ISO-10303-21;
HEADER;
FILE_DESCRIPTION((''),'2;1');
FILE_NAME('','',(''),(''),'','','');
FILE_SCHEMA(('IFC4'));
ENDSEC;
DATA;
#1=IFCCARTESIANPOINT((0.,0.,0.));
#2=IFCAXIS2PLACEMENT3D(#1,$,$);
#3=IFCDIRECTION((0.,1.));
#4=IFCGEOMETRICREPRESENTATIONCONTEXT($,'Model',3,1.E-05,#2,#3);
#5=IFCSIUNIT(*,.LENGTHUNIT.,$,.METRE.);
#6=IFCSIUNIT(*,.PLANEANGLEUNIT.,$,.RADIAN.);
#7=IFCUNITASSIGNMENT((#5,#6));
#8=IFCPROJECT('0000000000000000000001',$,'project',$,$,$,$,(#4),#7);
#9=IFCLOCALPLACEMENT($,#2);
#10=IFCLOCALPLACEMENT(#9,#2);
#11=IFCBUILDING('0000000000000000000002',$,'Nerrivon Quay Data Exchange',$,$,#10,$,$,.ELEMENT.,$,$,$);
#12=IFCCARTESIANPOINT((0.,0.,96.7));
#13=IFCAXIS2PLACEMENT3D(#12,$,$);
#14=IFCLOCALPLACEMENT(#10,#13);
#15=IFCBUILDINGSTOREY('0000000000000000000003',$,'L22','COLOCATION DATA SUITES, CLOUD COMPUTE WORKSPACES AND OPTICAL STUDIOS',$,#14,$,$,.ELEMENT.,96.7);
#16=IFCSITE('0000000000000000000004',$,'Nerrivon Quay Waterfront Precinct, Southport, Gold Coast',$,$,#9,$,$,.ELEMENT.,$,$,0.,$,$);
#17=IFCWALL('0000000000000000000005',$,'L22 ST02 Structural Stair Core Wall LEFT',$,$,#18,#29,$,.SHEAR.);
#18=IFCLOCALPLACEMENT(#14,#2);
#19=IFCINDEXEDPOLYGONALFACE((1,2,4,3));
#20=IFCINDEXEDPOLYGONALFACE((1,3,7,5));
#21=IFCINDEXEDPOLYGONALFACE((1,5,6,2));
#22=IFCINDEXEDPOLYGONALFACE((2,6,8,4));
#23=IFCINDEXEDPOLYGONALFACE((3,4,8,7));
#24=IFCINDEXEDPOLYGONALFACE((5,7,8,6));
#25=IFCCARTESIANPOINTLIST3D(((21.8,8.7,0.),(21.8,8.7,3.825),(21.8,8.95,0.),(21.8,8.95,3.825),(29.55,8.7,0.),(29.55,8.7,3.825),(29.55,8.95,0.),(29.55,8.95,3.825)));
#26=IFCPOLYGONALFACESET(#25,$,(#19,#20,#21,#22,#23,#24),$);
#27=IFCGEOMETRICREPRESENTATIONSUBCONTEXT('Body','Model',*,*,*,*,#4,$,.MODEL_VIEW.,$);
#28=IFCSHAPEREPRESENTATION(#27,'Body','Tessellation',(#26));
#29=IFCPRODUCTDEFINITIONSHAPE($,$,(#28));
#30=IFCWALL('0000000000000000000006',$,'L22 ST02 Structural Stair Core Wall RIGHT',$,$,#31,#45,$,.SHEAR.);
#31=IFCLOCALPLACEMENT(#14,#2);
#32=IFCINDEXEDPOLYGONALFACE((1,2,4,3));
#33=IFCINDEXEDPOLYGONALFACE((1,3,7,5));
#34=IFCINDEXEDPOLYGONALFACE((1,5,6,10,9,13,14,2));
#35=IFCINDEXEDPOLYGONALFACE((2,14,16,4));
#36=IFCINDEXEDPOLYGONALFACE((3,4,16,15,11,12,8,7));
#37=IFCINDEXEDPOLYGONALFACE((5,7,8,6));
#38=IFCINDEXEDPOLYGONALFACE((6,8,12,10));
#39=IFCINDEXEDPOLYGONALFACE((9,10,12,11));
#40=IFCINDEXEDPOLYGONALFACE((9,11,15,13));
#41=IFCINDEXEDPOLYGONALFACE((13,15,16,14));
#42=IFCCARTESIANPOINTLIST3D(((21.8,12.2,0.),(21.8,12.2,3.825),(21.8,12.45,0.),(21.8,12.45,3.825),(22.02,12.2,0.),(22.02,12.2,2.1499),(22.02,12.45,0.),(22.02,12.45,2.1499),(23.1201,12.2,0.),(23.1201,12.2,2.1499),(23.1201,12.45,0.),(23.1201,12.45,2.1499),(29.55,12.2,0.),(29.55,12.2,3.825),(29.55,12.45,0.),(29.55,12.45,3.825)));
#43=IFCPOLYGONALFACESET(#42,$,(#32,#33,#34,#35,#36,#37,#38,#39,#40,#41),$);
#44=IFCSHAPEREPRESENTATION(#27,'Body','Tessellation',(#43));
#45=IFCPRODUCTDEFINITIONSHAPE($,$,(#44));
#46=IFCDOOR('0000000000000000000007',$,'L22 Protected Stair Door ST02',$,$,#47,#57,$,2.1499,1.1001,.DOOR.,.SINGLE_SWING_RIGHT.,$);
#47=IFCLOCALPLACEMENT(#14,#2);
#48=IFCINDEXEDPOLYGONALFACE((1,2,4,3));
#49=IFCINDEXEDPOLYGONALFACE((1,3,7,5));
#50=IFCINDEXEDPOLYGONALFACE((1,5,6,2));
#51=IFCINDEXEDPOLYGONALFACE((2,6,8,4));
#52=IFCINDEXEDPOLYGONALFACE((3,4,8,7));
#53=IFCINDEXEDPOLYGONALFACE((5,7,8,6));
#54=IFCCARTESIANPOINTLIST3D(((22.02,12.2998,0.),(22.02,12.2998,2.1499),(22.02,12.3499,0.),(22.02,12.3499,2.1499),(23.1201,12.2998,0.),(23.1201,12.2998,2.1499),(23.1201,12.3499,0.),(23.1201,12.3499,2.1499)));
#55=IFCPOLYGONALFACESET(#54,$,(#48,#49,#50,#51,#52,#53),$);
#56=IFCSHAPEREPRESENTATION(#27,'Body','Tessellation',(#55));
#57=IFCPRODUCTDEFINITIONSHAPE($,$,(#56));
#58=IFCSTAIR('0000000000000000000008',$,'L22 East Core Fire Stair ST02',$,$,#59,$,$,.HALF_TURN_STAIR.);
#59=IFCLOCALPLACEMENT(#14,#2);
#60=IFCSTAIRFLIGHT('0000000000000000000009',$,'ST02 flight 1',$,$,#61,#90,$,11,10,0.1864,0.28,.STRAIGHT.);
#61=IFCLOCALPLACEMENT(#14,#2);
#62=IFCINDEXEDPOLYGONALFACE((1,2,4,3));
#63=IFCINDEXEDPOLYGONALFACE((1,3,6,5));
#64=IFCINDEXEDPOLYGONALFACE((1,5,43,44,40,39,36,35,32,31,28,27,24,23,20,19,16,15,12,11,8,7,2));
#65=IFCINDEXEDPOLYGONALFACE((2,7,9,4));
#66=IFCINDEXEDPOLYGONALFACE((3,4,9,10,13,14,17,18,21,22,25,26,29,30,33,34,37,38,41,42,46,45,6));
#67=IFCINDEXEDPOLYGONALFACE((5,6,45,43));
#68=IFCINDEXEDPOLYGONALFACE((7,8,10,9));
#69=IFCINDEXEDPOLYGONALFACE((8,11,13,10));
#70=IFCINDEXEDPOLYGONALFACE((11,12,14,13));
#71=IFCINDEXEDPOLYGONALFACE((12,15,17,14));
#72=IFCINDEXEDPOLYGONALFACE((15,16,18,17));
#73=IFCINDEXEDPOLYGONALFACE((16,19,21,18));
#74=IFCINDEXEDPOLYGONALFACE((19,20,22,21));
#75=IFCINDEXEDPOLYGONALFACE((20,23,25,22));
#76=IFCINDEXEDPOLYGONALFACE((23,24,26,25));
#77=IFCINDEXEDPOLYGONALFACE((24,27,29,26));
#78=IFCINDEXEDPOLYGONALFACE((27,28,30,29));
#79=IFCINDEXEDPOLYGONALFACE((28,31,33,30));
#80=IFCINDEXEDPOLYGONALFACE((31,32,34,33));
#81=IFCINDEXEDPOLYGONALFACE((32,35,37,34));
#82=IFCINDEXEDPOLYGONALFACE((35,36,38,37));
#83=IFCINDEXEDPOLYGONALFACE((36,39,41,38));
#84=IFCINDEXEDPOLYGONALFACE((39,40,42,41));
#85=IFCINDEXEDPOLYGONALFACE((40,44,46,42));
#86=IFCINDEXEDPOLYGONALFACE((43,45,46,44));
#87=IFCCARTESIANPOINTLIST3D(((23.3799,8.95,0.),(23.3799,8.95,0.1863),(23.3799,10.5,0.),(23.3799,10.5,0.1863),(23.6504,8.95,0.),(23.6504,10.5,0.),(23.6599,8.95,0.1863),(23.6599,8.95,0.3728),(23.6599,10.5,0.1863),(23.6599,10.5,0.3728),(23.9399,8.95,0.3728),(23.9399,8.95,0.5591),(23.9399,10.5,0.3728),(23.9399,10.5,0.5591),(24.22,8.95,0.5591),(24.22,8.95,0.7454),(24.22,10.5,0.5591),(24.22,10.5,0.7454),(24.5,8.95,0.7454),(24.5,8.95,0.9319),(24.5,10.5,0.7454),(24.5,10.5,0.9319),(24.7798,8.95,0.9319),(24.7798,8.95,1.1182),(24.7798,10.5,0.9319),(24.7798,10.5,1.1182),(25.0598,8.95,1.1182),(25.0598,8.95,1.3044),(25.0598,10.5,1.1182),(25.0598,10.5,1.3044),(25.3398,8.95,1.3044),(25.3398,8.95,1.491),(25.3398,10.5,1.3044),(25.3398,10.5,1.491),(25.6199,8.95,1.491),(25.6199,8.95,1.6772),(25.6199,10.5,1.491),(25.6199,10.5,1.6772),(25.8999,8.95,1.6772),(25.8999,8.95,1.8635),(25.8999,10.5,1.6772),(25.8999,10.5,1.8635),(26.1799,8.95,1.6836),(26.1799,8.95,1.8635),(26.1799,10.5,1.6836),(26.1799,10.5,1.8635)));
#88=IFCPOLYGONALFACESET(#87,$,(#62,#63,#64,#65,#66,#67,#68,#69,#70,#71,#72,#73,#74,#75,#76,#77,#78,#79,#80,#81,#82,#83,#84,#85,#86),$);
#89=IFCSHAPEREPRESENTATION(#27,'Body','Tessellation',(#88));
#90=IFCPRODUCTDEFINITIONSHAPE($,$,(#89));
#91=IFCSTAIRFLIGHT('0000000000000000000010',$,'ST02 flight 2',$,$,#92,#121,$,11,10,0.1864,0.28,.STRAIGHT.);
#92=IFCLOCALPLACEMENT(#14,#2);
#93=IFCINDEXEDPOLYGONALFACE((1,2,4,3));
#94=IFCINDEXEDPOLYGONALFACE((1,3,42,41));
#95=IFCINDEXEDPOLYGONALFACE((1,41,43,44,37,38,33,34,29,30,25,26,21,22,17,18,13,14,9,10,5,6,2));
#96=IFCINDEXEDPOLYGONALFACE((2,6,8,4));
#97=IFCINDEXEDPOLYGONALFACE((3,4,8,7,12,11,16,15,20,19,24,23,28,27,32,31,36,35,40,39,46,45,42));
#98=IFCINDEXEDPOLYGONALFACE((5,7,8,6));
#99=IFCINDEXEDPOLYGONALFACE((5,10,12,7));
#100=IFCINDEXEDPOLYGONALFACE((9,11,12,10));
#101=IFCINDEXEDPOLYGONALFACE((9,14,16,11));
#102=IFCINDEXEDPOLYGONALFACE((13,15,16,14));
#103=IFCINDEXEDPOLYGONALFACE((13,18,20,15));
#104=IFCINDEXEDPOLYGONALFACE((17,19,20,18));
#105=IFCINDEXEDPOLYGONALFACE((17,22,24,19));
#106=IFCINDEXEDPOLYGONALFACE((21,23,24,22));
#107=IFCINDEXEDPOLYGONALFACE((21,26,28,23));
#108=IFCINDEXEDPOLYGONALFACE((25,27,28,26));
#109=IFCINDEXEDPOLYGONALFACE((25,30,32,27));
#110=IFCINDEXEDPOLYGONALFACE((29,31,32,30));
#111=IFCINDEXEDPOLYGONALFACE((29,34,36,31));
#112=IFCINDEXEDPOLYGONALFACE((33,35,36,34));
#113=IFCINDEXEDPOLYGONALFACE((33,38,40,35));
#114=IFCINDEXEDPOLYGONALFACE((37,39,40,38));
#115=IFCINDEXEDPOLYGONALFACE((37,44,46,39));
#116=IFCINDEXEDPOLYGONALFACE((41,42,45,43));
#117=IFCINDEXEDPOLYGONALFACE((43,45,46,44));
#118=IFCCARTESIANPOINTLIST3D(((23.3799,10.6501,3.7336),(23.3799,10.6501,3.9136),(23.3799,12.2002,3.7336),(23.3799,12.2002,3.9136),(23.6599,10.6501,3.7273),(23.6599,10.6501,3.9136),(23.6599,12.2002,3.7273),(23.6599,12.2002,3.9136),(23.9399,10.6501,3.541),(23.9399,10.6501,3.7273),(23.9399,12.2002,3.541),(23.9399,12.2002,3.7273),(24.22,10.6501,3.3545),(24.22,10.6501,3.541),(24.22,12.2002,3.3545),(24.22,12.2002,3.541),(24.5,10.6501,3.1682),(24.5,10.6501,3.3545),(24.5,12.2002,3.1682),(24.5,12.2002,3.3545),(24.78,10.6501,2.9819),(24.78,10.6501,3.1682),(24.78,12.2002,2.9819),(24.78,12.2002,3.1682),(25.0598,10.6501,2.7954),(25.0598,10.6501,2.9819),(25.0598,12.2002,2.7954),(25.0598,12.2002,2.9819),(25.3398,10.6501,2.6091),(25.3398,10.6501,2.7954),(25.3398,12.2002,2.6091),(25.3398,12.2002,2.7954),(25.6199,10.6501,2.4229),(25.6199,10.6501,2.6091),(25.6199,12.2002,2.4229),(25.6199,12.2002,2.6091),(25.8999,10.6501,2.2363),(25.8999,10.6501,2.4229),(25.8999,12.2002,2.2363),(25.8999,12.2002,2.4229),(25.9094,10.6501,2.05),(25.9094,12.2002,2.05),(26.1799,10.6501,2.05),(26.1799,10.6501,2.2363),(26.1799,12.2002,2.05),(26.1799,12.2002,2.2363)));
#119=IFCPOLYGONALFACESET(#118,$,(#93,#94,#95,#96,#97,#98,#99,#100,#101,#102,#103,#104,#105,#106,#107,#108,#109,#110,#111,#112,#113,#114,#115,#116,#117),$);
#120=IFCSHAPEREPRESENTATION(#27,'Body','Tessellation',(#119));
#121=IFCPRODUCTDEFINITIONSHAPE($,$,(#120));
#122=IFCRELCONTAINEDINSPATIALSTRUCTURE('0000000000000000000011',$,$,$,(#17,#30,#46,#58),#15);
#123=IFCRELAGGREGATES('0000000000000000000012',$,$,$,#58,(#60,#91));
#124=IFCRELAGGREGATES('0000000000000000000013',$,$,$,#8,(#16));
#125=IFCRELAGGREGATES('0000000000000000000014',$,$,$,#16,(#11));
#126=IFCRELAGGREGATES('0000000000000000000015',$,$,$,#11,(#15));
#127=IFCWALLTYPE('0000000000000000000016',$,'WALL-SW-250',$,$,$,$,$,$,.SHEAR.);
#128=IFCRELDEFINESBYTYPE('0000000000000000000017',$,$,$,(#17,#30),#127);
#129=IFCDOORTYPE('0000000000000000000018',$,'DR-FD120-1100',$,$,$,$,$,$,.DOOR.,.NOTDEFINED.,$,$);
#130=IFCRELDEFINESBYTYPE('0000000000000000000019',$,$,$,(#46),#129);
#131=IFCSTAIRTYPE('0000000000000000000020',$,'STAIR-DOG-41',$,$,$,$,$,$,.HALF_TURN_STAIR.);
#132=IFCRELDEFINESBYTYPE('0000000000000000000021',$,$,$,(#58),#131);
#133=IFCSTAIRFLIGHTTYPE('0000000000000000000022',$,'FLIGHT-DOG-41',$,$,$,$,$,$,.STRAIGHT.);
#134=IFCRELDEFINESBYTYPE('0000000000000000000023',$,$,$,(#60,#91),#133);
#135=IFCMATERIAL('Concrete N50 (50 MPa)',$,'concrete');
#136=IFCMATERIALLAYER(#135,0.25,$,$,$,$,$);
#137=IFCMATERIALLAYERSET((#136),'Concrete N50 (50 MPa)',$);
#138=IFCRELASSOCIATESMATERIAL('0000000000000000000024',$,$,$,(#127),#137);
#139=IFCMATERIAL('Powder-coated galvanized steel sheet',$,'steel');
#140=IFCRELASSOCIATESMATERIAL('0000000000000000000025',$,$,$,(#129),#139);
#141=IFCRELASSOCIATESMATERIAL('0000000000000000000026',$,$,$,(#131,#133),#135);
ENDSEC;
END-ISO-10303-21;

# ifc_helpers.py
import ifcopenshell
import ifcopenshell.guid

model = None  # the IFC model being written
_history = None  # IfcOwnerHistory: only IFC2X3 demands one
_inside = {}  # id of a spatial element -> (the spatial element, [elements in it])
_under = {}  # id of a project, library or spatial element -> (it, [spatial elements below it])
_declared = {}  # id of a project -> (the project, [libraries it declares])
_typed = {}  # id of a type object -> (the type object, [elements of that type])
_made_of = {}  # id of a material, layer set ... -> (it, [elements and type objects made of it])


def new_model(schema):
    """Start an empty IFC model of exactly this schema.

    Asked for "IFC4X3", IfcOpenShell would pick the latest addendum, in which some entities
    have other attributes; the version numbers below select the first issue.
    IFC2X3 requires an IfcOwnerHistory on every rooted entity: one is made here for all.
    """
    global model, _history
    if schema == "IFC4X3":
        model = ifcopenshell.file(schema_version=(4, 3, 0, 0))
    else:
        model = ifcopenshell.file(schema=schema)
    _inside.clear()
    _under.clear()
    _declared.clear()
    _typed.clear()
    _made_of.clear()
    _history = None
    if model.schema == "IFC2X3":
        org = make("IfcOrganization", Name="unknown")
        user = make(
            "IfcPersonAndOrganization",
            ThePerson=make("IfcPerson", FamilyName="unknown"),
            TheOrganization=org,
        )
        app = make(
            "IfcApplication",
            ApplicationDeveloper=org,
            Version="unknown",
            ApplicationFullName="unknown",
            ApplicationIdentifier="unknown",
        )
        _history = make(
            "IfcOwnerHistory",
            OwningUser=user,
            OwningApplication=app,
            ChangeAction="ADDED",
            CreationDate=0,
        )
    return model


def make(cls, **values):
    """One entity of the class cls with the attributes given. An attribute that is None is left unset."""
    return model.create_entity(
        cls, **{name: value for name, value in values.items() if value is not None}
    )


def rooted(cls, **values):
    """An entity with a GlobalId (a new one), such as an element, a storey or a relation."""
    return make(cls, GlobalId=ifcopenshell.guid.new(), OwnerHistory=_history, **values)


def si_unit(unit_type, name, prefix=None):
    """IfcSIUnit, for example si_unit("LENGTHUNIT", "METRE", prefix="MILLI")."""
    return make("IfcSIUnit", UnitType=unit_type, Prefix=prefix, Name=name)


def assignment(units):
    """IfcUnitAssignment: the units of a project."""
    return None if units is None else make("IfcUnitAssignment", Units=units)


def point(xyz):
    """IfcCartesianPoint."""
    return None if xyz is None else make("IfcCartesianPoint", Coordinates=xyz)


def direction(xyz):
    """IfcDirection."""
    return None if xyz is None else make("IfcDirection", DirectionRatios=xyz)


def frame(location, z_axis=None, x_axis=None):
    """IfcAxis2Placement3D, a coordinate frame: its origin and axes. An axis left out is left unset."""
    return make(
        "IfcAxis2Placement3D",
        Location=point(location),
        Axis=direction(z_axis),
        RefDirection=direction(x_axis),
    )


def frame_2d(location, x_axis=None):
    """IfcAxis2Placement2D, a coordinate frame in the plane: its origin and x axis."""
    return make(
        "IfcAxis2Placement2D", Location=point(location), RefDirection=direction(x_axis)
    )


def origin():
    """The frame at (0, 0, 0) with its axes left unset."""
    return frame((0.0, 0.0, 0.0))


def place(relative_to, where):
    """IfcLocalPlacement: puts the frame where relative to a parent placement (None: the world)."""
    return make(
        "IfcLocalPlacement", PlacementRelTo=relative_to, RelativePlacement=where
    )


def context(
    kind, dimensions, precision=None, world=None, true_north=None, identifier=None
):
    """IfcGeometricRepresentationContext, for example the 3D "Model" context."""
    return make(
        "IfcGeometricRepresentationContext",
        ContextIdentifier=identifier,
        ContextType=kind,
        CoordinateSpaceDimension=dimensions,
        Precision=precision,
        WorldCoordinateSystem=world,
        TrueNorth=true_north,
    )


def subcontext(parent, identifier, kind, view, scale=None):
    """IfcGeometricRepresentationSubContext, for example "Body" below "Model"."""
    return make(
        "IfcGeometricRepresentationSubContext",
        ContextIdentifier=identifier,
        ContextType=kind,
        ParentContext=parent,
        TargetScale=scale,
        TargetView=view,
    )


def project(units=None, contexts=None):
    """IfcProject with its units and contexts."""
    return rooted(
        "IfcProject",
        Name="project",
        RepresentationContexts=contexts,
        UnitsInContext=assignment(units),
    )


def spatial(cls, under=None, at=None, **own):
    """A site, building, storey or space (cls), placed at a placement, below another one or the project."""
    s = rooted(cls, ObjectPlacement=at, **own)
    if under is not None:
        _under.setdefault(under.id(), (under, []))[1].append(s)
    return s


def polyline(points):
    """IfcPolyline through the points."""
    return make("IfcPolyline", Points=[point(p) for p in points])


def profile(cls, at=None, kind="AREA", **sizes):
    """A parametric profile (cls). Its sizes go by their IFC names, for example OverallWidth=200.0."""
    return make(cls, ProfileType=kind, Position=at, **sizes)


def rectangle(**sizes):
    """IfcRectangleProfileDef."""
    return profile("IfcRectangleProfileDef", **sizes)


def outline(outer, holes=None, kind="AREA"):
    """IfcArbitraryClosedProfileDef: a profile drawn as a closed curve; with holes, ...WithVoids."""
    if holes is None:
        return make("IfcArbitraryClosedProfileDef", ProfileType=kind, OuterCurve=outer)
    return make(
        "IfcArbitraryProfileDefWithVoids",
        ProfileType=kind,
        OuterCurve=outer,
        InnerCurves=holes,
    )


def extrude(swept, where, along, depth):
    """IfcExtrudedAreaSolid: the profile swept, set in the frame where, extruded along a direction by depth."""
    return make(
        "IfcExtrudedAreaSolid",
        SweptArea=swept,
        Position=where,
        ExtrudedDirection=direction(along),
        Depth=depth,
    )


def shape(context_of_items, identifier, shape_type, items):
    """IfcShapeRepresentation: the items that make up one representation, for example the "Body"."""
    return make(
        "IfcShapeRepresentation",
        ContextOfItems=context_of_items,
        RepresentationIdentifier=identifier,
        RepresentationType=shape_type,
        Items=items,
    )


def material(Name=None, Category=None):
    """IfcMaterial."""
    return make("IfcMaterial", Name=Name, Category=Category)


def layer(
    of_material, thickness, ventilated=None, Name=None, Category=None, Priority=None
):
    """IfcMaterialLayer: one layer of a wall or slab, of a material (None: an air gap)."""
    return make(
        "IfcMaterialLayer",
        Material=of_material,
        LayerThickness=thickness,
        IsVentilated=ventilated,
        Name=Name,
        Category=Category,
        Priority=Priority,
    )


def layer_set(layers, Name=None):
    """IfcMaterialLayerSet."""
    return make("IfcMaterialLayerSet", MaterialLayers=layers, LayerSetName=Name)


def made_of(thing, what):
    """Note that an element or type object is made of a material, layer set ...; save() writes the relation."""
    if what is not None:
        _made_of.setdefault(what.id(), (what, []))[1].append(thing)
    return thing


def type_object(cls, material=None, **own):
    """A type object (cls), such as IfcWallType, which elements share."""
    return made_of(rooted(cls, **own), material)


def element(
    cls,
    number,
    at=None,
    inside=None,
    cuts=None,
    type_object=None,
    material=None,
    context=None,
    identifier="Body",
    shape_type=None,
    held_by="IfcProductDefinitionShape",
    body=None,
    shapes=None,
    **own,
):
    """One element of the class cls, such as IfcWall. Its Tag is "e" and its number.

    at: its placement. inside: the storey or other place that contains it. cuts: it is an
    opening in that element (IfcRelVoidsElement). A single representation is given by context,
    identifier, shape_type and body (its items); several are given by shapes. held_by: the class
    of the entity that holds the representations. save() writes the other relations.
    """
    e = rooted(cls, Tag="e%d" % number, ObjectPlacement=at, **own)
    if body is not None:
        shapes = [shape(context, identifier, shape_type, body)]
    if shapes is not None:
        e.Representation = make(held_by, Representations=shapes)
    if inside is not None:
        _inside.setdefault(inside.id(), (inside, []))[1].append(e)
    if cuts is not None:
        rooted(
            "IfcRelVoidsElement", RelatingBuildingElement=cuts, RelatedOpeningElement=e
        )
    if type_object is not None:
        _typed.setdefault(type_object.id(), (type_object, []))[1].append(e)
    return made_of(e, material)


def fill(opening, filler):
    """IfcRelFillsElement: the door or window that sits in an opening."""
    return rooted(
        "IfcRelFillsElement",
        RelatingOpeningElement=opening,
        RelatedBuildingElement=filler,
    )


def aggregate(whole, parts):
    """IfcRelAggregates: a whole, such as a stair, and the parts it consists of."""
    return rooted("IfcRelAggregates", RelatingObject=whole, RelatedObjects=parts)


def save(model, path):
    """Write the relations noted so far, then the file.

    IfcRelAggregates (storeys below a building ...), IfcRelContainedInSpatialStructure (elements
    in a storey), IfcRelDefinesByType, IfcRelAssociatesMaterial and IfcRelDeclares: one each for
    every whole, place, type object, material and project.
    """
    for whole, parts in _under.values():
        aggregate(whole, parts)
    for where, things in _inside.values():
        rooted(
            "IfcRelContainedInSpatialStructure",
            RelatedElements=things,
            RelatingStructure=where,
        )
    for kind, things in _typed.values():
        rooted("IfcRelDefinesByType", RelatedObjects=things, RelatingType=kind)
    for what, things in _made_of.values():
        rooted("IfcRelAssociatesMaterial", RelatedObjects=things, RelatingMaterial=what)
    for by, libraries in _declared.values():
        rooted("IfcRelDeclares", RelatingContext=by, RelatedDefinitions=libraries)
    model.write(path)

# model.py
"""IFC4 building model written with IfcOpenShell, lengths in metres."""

from ifc_helpers import new_model, si_unit, direction, frame, frame_2d, origin, place, context, subcontext, project, spatial, polyline, rectangle, outline, extrude, material, layer, layer_set, type_object, element, fill, aggregate, save


model = new_model("IFC4")

# Units and contexts
model_context = context("Model", 3, precision=1e-05, world=origin(), true_north=direction((0.0, 1.0)))
body_context = subcontext(model_context, "Body", "Model", "MODEL_VIEW")
ifc_project = project(units=[si_unit("LENGTHUNIT", "METRE"), si_unit("PLANEANGLEUNIT", "RADIAN")], contexts=[model_context])

# Site, building, storey
site_placement = place(None, origin())
site = spatial("IfcSite", under=ifc_project, at=site_placement, Name="Nerrivon Quay Waterfront Precinct, Southport, Gold Coast", CompositionType="ELEMENT", RefElevation=0.0)
building_placement = place(site_placement, origin())
building = spatial("IfcBuilding", under=site, at=building_placement, Name="Nerrivon Quay Data Exchange", CompositionType="ELEMENT")
storey_placement = place(building_placement, frame((0.0, 0.0, 96.7)))
storey = spatial("IfcBuildingStorey", under=building, at=storey_placement, Name="L22", Description="COLOCATION DATA SUITES, CLOUD COMPUTE WORKSPACES AND OPTICAL STUDIOS", CompositionType="ELEMENT", Elevation=96.7)

# Wall
ifc_material_1 = material(Name="Concrete N50 (50 MPa)", Category="concrete")
ifc_layer_1 = layer(ifc_material_1, 0.25)
ifc_layer_set_1 = layer_set([ifc_layer_1], Name="Concrete N50 (50 MPa)")
wall_type_1 = type_object("IfcWallType", Name="WALL-SW-250", PredefinedType="SHEAR", material=ifc_layer_set_1)
wall_1_placement = place(storey_placement, frame((21.8, 8.825, 0.0), z_axis=(0.0, 0.0, 1.0), x_axis=(1.0, 0.0, 0.0)))
element("IfcWall", 1, at=wall_1_placement, inside=storey, type_object=wall_type_1, Name="L22 ST02 Structural Stair Core Wall LEFT", PredefinedType="SHEAR", context=body_context, shape_type="SweptSolid", body=[
    extrude(rectangle(XDim=7.75, YDim=0.25, at=frame_2d((3.875, 0.0))), origin(), (0.0, 0.0, 1.0), 3.825),
])

# Wall, opening, door
wall_2_placement = place(storey_placement, frame((21.8, 12.325, 0.0), z_axis=(0.0, 0.0, 1.0), x_axis=(1.0, 0.0, 0.0)))
wall_2 = element("IfcWall", 2, at=wall_2_placement, inside=storey, type_object=wall_type_1, Name="L22 ST02 Structural Stair Core Wall RIGHT", PredefinedType="SHEAR", context=body_context, shape_type="SweptSolid", body=[
    extrude(rectangle(XDim=7.75, YDim=0.25, at=frame_2d((3.875, 0.0))), origin(), (0.0, 0.0, 1.0), 3.825),
])
opening_1_placement = place(wall_2_placement, frame((0.22, 0.0, 0.0)))
opening_1 = element("IfcOpeningElement", 3, at=opening_1_placement, cuts=wall_2, PredefinedType="OPENING", context=body_context, shape_type="SweptSolid", body=[
    extrude(rectangle(XDim=1.1001, YDim=2.1499, at=frame_2d((0.55, 1.075))), frame((0.0, 0.135, 0.0), z_axis=(0.0, -1.0, 0.0), x_axis=(1.0, 0.0, 0.0)), (0.0, 0.0, 1.0), 0.27),
])
ifc_material_2 = material(Name="Powder-coated galvanized steel sheet", Category="steel")
door_type_1 = type_object("IfcDoorType", Name="DR-FD120-1100", OperationType="NOTDEFINED", PredefinedType="DOOR", material=ifc_material_2)
door_1_placement = place(opening_1_placement, origin())
door_1 = element("IfcDoor", 4, at=door_1_placement, inside=storey, type_object=door_type_1, Name="L22 Protected Stair Door ST02", OperationType="SINGLE_SWING_RIGHT", OverallHeight=2.1499, OverallWidth=1.1001, PredefinedType="DOOR", context=body_context, shape_type="SweptSolid", body=[
    extrude(rectangle(XDim=1.1001, YDim=2.1499, at=frame_2d((0.55, 1.075))), frame((0.0, 0.0249, 0.0), z_axis=(0.0, -1.0, 0.0), x_axis=(1.0, 0.0, 0.0)), (0.0, 0.0, 1.0), 0.05),
])
fill(opening_1, door_1)

# Stair, stair flights
stair_type = type_object("IfcStairType", Name="STAIR-DOG-41", PredefinedType="HALF_TURN_STAIR", material=ifc_material_1)
stair_placement = place(storey_placement, origin())
stair = element("IfcStair", 5, at=stair_placement, inside=storey, type_object=stair_type, Name="L22 East Core Fire Stair ST02", PredefinedType="HALF_TURN_STAIR")
stair_flight_type = type_object("IfcStairFlightType", Name="FLIGHT-DOG-41", PredefinedType="STRAIGHT", material=ifc_material_1)
stair_flight_1_placement = place(storey_placement, frame((23.3799, 9.7251, 0.0), z_axis=(0.0, 0.0, 1.0), x_axis=(1.0, 0.0, 0.0)))
stair_flight_1 = element("IfcStairFlight", 6, at=stair_flight_1_placement, type_object=stair_flight_type, Name="ST02 flight 1", NumberOfRisers=11, NumberOfTreads=10, PredefinedType="STRAIGHT", RiserHeight=0.1864, TreadLength=0.28, context=body_context, shape_type="SweptSolid", body=[
    extrude(outline(polyline([(0.0, 0.0), (0.0, 0.1863), (0.28, 0.1863), (0.28, 0.3728), (0.5601, 0.3728), (0.5601, 0.5591), (0.8401, 0.5591), (0.8401, 0.7454), (1.1201, 0.7454), (1.1201, 0.9319), (1.3999, 0.9319), (1.3999, 1.1182), (1.6799, 1.1182), (1.6799, 1.3044), (1.96, 1.3044), (1.96, 1.491), (2.24, 1.491), (2.24, 1.6772), (2.52, 1.6772), (2.52, 1.8635), (2.8, 1.8635), (2.8, 2.05), (2.8, 1.6836), (0.2705, 0.0), (0.0, 0.0)])), frame((0.0, 0.7749, 0.0), z_axis=(0.0, -1.0, 0.0), x_axis=(1.0, 0.0, 0.0)), (0.0, 0.0, 1.0), 1.55),
])
stair_flight_2_placement = place(storey_placement, frame((26.1799, 11.425, 2.05), z_axis=(0.0, 0.0, 1.0), x_axis=(-1.0, 0.0, 0.0)))
stair_flight_2 = element("IfcStairFlight", 7, at=stair_flight_2_placement, type_object=stair_flight_type, Name="ST02 flight 2", NumberOfRisers=11, NumberOfTreads=10, PredefinedType="STRAIGHT", RiserHeight=0.1864, TreadLength=0.28, context=body_context, shape_type="SweptSolid", body=[
    extrude(outline(polyline([(0.0, 0.0), (0.0, 0.1863), (0.28, 0.1863), (0.28, 0.3728), (0.5601, 0.3728), (0.5601, 0.5591), (0.8401, 0.5591), (0.8401, 0.7454), (1.1201, 0.7454), (1.1201, 0.9319), (1.3999, 0.9319), (1.3999, 1.1182), (1.6799, 1.1182), (1.6799, 1.3044), (1.96, 1.3044), (1.96, 1.491), (2.24, 1.491), (2.24, 1.6772), (2.52, 1.6772), (2.52, 1.8635), (2.8, 1.8635), (2.8, 2.05), (2.8, 1.6836), (0.2705, 0.0), (0.0, 0.0)])), frame((0.0, 0.7749, 0.0), z_axis=(0.0, -1.0, 0.0), x_axis=(1.0, 0.0, 0.0)), (0.0, 0.0, 1.0), 1.55),
])
aggregate(stair, [stair_flight_1, stair_flight_2])

save(model, "model.ifc")
